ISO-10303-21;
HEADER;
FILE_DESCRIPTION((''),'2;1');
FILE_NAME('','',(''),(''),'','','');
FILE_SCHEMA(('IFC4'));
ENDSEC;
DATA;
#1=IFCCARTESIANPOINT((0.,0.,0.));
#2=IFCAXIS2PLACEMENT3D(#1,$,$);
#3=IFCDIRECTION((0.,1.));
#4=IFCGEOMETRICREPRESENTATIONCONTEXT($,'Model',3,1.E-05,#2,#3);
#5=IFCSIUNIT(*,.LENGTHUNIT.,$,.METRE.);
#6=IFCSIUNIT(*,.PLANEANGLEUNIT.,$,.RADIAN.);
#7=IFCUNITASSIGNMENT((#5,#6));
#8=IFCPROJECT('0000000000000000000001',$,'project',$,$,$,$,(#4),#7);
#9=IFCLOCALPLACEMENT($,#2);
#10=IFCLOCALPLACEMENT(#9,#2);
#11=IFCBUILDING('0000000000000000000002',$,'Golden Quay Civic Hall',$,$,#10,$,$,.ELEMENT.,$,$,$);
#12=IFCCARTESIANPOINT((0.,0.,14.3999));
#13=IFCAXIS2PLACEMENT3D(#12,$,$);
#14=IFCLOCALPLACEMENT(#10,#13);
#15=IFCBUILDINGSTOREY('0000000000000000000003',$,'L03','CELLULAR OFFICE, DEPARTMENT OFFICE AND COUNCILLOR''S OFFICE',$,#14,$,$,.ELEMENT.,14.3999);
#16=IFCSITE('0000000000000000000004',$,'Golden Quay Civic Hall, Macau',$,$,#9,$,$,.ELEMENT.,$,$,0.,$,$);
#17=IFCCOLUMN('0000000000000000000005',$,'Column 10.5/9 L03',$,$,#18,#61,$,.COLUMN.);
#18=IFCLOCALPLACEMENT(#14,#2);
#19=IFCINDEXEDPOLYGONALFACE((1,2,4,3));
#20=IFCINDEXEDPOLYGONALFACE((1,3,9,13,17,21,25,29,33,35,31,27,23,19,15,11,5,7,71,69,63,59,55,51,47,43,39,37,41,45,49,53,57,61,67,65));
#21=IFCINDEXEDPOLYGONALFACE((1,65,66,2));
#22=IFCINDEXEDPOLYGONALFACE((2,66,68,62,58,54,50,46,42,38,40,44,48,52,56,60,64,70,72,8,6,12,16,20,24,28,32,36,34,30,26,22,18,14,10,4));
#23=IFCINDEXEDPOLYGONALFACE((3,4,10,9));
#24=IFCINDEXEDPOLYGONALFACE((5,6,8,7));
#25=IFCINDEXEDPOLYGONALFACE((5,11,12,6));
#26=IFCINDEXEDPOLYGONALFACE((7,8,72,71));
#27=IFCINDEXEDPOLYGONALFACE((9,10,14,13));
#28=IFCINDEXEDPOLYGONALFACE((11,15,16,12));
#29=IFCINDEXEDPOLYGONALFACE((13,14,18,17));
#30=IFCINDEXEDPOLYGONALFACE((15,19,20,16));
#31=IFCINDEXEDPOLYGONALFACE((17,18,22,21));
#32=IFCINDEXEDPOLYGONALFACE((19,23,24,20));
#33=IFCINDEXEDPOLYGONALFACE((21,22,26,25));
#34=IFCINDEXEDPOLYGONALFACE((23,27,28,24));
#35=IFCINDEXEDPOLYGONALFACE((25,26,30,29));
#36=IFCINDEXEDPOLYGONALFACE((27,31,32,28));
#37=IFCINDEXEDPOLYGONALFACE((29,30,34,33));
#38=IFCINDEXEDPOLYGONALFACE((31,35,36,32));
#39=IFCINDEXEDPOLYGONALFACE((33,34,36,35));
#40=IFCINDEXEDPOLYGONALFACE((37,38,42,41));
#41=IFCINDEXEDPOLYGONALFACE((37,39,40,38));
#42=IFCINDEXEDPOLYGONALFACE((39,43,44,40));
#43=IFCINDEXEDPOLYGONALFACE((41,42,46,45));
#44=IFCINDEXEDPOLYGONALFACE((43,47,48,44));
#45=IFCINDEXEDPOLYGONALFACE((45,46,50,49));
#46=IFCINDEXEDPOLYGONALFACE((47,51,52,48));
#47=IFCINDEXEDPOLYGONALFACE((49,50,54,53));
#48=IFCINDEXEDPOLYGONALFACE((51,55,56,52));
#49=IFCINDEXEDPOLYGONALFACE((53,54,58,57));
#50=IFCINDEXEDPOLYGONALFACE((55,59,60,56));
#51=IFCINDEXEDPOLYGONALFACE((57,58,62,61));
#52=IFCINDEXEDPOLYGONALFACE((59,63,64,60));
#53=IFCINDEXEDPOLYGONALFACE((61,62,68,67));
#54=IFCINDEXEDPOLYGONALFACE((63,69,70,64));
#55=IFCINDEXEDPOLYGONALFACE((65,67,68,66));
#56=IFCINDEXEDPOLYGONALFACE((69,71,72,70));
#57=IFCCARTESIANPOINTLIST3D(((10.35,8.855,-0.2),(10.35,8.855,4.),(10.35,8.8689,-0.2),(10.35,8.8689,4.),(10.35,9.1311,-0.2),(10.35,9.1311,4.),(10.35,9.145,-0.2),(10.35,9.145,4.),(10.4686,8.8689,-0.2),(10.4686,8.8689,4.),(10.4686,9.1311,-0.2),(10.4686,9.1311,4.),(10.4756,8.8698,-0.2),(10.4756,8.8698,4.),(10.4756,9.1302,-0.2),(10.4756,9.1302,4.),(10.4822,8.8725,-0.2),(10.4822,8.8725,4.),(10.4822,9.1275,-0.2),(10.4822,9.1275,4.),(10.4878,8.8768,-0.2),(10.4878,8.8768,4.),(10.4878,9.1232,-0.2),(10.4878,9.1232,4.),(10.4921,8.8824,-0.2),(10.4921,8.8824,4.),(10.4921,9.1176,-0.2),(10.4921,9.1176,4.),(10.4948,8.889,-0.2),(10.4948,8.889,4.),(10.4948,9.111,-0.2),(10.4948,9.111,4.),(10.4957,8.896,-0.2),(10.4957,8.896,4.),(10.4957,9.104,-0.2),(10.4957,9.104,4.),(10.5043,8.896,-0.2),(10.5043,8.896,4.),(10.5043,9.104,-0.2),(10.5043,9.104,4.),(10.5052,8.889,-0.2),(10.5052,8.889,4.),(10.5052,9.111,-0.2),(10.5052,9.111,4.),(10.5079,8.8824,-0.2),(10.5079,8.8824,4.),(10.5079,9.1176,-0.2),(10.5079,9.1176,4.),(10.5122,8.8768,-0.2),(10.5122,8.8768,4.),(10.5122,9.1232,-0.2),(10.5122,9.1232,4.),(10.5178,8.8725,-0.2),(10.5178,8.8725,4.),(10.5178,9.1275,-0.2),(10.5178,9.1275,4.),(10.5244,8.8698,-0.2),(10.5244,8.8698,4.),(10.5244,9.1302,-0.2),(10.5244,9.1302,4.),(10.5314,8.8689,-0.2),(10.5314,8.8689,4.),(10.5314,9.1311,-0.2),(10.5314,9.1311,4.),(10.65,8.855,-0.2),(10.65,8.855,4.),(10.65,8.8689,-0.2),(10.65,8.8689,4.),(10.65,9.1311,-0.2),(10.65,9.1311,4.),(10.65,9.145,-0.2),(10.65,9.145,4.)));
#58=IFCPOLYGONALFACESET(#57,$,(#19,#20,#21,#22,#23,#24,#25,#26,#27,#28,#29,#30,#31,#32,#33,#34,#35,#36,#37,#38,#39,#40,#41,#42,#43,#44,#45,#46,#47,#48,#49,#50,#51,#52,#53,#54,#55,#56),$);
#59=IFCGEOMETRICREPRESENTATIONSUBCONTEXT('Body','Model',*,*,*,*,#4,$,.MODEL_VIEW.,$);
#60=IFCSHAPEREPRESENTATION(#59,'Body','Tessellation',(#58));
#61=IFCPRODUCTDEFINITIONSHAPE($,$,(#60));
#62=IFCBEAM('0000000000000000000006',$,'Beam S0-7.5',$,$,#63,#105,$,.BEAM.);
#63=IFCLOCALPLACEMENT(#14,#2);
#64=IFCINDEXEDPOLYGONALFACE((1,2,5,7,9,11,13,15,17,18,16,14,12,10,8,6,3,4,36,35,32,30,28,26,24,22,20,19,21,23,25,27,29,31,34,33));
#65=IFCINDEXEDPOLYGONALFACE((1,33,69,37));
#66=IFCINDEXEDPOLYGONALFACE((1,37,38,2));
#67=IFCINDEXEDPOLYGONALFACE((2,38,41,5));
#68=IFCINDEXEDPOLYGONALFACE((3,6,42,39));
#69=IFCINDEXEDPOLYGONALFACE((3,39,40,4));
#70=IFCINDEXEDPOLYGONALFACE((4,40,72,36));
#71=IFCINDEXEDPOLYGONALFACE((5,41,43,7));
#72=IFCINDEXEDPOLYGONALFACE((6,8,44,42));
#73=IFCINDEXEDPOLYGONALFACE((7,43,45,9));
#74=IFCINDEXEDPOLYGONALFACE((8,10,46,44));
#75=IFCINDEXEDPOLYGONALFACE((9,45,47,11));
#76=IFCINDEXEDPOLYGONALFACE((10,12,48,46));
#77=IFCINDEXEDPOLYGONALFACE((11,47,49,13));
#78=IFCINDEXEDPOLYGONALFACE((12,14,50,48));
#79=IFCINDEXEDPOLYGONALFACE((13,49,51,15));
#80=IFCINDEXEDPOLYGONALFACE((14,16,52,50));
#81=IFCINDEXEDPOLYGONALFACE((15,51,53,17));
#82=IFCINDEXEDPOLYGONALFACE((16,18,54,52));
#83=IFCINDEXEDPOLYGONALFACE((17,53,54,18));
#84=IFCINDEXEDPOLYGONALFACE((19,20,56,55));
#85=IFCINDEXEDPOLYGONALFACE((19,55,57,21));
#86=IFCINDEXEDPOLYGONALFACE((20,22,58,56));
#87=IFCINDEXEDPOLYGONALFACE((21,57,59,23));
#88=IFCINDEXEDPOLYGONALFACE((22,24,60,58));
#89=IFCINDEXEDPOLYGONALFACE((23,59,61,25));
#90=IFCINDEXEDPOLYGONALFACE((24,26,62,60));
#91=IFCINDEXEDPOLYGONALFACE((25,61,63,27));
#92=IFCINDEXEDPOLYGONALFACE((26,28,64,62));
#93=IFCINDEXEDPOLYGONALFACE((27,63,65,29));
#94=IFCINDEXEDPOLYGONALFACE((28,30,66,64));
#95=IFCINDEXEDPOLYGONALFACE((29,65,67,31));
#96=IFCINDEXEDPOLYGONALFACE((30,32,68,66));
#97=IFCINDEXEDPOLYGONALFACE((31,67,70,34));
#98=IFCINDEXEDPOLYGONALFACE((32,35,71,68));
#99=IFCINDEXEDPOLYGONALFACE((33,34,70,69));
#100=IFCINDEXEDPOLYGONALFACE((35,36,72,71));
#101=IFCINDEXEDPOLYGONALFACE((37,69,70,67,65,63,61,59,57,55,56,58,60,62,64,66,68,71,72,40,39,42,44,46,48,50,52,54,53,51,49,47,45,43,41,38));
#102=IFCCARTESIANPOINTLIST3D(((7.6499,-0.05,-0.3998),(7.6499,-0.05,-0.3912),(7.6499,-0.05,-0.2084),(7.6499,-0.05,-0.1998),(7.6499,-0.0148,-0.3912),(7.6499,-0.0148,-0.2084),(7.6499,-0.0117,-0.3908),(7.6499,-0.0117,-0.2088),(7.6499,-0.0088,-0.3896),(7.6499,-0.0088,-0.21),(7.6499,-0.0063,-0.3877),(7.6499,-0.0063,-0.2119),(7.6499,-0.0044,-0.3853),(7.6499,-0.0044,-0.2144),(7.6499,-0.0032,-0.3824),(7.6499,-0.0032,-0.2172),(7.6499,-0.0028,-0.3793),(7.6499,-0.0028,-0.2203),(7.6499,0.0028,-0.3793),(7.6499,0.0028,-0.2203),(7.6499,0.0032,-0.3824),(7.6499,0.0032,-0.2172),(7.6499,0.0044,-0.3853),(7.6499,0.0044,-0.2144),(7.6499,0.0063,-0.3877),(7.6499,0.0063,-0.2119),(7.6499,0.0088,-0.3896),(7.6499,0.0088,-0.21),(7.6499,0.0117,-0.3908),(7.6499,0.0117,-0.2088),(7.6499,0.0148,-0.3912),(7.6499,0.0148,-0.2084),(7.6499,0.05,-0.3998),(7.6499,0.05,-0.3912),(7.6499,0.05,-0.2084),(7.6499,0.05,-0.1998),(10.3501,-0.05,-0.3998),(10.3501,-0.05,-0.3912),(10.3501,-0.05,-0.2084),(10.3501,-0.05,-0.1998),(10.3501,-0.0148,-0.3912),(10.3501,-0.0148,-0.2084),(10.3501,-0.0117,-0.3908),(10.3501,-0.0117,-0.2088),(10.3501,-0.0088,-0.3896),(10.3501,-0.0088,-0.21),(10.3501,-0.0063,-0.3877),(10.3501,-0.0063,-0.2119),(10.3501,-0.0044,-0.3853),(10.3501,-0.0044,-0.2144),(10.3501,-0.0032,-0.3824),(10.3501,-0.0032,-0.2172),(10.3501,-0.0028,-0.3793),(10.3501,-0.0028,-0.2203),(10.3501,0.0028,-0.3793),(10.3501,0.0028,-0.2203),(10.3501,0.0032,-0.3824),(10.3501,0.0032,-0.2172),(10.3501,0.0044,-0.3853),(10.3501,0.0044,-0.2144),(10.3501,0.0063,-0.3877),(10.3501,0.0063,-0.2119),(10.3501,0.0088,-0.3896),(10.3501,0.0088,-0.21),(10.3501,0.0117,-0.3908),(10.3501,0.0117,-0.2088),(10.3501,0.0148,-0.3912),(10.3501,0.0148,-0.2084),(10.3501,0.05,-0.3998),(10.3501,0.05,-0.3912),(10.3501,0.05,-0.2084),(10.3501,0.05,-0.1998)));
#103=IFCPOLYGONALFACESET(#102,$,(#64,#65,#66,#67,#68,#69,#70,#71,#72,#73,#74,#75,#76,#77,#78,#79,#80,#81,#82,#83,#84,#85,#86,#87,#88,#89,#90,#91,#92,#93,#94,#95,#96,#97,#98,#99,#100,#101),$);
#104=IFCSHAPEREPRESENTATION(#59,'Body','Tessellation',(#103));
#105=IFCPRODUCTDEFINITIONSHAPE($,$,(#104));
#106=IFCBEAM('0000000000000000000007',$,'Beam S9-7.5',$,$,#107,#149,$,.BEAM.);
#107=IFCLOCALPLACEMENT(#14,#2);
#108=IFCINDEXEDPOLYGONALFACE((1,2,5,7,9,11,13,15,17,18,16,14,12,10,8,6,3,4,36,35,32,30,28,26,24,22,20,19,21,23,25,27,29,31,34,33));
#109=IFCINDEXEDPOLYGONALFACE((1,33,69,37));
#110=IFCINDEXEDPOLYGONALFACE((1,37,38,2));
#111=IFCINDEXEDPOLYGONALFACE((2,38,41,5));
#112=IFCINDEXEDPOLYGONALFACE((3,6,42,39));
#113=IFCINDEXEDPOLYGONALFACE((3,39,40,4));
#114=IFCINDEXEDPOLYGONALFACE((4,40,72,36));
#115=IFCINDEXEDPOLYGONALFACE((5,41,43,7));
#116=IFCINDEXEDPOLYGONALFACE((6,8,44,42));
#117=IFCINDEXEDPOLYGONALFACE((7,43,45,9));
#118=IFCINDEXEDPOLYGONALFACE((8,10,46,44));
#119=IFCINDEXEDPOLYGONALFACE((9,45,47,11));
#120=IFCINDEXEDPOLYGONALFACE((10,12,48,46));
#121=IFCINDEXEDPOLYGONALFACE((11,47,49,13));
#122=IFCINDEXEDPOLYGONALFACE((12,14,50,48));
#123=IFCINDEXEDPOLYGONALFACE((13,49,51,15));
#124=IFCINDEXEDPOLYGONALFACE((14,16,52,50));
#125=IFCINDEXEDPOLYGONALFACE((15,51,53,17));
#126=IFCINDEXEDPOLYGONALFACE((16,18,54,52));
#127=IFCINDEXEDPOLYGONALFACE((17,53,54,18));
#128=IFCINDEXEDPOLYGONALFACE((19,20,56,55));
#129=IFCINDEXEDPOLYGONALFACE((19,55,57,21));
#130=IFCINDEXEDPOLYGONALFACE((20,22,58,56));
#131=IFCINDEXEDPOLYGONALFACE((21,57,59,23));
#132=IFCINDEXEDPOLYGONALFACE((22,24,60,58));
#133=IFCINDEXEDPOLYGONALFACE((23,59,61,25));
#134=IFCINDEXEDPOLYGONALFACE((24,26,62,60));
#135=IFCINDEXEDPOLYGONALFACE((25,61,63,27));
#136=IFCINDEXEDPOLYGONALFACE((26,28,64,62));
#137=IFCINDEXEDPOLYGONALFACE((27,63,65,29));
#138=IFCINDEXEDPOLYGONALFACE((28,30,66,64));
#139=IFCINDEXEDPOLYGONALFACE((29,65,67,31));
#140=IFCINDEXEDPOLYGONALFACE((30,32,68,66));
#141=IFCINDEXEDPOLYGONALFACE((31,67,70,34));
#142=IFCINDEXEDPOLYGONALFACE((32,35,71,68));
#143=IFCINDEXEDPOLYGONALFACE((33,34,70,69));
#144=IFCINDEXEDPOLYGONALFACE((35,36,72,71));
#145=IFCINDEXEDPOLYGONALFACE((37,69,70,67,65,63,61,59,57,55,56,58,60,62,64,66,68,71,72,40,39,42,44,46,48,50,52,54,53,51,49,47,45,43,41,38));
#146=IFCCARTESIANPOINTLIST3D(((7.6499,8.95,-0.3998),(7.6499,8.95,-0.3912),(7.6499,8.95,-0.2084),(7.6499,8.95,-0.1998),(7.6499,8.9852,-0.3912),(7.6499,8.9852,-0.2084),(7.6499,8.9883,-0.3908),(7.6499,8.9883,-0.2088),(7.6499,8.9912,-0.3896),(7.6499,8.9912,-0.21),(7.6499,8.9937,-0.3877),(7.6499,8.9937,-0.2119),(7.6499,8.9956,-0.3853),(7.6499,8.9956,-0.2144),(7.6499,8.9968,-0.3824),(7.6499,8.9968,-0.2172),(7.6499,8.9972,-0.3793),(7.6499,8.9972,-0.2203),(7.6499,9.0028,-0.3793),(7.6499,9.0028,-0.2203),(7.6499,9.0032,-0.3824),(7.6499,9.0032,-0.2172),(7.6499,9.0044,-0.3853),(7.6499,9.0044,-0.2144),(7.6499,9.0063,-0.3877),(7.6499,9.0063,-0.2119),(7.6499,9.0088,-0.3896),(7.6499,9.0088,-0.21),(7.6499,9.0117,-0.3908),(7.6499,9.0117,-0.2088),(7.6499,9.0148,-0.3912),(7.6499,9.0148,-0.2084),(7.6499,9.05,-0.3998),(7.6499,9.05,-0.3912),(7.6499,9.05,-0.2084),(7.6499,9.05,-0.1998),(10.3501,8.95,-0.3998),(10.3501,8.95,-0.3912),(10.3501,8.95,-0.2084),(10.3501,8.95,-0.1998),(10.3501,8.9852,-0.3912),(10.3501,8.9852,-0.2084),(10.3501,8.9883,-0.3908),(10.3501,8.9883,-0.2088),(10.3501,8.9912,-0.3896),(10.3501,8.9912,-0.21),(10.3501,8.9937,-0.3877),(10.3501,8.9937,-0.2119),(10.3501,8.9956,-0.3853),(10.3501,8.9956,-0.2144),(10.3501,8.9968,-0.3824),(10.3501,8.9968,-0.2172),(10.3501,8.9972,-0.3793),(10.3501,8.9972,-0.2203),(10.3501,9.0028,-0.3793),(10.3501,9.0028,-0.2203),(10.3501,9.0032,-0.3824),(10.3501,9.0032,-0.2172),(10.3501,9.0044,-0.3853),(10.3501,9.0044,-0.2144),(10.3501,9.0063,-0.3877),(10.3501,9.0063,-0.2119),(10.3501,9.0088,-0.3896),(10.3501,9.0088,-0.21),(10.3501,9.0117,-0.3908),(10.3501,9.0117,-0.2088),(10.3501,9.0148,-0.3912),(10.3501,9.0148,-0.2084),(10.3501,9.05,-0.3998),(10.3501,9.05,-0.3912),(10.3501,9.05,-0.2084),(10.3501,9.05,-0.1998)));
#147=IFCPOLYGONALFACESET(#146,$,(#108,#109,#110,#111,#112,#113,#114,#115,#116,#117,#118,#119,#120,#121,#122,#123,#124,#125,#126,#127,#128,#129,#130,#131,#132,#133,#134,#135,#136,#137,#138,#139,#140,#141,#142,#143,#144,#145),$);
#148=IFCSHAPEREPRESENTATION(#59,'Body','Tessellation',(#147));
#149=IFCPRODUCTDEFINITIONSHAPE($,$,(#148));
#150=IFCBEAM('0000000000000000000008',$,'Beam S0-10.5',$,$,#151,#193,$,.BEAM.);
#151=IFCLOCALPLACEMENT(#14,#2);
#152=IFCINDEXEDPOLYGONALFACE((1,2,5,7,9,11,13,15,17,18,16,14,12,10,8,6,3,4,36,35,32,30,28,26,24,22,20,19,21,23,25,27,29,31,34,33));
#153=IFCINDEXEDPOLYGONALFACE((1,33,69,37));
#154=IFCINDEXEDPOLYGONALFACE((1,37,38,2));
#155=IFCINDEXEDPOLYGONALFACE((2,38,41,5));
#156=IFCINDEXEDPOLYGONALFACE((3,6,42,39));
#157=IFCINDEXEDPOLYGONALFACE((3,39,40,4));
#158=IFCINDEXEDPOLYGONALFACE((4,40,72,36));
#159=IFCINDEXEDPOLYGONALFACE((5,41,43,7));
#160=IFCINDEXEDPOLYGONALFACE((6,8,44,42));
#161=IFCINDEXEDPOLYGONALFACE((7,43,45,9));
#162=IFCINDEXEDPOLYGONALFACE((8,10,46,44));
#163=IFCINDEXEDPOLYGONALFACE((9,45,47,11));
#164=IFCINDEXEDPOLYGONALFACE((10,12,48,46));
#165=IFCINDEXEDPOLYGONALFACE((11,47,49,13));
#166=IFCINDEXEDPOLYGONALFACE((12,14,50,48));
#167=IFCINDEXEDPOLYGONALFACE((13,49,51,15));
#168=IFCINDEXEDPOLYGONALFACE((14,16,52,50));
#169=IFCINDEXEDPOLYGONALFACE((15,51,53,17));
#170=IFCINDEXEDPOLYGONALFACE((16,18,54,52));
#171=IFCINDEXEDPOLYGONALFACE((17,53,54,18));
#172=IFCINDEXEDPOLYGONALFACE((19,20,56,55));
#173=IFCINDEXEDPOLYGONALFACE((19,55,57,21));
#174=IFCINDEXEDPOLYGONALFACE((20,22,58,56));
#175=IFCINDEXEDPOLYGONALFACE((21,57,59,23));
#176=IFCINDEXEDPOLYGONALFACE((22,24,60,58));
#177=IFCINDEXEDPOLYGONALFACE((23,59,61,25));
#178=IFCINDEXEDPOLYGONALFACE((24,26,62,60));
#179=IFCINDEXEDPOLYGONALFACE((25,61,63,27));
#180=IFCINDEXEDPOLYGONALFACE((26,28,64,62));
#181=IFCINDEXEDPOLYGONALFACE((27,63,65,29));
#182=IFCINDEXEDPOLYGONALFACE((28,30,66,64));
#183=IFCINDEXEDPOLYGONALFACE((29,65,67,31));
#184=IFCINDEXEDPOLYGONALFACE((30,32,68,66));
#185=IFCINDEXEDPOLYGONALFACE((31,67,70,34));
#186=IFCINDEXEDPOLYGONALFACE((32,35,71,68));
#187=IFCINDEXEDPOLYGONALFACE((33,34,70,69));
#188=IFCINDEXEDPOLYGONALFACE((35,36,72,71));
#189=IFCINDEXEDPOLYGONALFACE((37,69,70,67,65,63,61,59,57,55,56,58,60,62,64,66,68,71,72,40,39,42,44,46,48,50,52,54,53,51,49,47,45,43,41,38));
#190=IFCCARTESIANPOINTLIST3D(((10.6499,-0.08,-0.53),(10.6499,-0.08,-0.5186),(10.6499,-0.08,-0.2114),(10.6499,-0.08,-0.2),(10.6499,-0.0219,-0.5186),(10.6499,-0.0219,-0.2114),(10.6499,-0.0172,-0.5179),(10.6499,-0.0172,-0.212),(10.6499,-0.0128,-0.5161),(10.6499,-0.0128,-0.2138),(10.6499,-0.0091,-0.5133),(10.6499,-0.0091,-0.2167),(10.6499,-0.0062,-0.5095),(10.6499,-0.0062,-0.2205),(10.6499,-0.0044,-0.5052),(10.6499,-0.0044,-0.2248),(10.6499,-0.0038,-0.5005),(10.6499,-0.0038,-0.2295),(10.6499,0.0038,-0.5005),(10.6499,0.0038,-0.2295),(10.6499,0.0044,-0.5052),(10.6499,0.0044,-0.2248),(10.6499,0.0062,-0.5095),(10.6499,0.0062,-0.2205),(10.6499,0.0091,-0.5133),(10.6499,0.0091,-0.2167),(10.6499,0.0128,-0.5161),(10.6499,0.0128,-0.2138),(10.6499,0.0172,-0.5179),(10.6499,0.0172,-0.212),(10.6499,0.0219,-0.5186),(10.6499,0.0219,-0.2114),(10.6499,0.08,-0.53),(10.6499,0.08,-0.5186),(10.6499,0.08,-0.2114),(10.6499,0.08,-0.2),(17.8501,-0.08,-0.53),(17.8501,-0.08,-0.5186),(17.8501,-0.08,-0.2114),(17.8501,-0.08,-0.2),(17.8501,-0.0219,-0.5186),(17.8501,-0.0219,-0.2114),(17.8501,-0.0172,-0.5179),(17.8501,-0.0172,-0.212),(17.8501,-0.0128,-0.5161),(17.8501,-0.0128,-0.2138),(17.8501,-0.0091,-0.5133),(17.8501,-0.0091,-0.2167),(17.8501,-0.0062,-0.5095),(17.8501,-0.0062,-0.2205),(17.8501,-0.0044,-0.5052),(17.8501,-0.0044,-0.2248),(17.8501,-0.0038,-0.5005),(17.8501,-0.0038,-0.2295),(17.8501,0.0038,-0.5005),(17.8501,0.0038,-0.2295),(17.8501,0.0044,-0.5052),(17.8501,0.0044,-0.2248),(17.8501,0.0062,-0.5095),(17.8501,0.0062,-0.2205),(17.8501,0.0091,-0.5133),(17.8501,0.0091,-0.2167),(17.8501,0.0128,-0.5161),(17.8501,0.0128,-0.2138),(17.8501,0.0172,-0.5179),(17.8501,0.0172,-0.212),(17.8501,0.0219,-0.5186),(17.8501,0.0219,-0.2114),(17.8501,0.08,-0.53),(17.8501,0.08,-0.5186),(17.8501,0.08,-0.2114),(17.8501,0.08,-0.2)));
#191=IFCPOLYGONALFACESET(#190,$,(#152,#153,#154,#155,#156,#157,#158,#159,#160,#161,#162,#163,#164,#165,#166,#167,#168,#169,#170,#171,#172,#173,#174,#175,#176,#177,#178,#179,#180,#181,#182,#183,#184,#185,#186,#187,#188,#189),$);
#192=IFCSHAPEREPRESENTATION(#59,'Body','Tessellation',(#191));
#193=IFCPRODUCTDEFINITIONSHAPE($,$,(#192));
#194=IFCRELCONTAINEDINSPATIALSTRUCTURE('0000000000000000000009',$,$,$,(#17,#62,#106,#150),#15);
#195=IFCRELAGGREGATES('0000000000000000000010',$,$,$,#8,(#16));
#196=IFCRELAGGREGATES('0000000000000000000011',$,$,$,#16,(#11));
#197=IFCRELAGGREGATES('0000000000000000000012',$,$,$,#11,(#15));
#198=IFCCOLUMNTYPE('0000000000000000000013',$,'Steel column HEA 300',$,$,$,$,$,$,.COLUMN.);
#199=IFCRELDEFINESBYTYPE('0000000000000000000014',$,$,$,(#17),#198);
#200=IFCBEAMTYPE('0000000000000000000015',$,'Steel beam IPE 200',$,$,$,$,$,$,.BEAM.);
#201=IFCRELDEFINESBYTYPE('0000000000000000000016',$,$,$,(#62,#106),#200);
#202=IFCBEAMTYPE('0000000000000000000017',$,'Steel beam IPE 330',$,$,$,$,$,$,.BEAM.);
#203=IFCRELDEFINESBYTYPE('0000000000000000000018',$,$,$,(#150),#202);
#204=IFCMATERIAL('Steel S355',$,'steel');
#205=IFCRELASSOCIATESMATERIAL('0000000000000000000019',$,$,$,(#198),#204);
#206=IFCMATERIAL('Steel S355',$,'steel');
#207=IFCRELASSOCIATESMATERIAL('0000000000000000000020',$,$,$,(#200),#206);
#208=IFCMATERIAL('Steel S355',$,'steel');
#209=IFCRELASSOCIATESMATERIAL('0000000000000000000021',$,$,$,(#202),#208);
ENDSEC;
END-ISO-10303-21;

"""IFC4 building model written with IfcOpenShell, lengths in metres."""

from ifc_helpers import new_model, si_unit, direction, frame, origin, origin_2d, place, context, subcontext, project, spatial, i_section, extrude, material, material_profile, profile_set, type_object, element, save


model = new_model("IFC4")

# Units and contexts
model_context = context("Model", 3, precision=1e-05, world=origin(), true_north=direction((0.0, 1.0)))
body_context = subcontext(model_context, "Body", "Model", "MODEL_VIEW")
ifc_project = project(units=[si_unit("LENGTHUNIT", "METRE"), si_unit("PLANEANGLEUNIT", "RADIAN")], contexts=[model_context])

# Site, building, storey
site_placement = place(None, origin())
site = spatial("IfcSite", under=ifc_project, at=site_placement, Name="Golden Quay Civic Hall, Macau", CompositionType="ELEMENT", RefElevation=0.0)
building_placement = place(site_placement, origin())
building = spatial("IfcBuilding", under=site, at=building_placement, Name="Golden Quay Civic Hall", CompositionType="ELEMENT")
storey_placement = place(building_placement, frame((0.0, 0.0, 14.3999)))
storey = spatial("IfcBuildingStorey", under=building, at=storey_placement, Name="L03", Description="CELLULAR OFFICE, DEPARTMENT OFFICE AND COUNCILLOR'S OFFICE", CompositionType="ELEMENT", Elevation=14.3999)

# Column
ifc_material_1 = material(Name="Steel S355", Category="steel")
ifc_material_profile_1 = material_profile(ifc_material_1, i_section(OverallWidth=0.3, OverallDepth=0.29, WebThickness=0.0085, FlangeThickness=0.0139, FilletRadius=0.0271, at=origin_2d()), Name="HEA 300")
ifc_profile_set_1 = profile_set([ifc_material_profile_1], Name="Steel S355")
column_type_1 = type_object("IfcColumnType", Name="Steel column HEA 300", PredefinedType="COLUMN", material=ifc_profile_set_1)
for number, where, z_axis, x_axis, name in (
    (1, (10.5, 9.0, -0.2), (0.0, 0.0, 1.0), (1.0, 0.0, 0.0), "Column 10.5/9 L03"),
):
    element("IfcColumn", number, at=place(storey_placement, frame(where, z_axis=z_axis, x_axis=x_axis)), inside=storey, type_object=column_type_1, Name=name, PredefinedType="COLUMN", context=body_context, shape_type="SweptSolid", body=[
        extrude(i_section(OverallWidth=0.3, OverallDepth=0.29, WebThickness=0.0085, FlangeThickness=0.0139, FilletRadius=0.0271, at=origin_2d()), origin(), (0.0, 0.0, 1.0), 4.2),
    ])

# Beams
ifc_material_2 = material(Name="Steel S355", Category="steel")
ifc_material_profile_2 = material_profile(ifc_material_2, i_section(OverallWidth=0.1001, OverallDepth=0.2, WebThickness=0.0056, FlangeThickness=0.0085, FilletRadius=0.012, at=origin_2d()), Name="IPE 200")
ifc_profile_set_2 = profile_set([ifc_material_profile_2], Name="Steel S355")
beam_type_1 = type_object("IfcBeamType", Name="Steel beam IPE 200", PredefinedType="BEAM", material=ifc_profile_set_2)
for number, where, z_axis, x_axis, name in (
    (2, (7.6499, 0.0, -0.2998), (1.0, 0.0, 0.0), (0.0, 1.0, 0.0), "Beam S0-7.5"),
    (3, (7.6499, 9.0, -0.2998), (1.0, 0.0, 0.0), (0.0, 1.0, 0.0), "Beam S9-7.5"),
):
    element("IfcBeam", number, at=place(storey_placement, frame(where, z_axis=z_axis, x_axis=x_axis)), inside=storey, type_object=beam_type_1, Name=name, PredefinedType="BEAM", context=body_context, shape_type="SweptSolid", body=[
        extrude(i_section(OverallWidth=0.1001, OverallDepth=0.2, WebThickness=0.0056, FlangeThickness=0.0085, FilletRadius=0.012, at=origin_2d()), origin(), (0.0, 0.0, 1.0), 2.7002),
    ])
ifc_material_3 = material(Name="Steel S355", Category="steel")
ifc_material_profile_3 = material_profile(ifc_material_3, i_section(OverallWidth=0.1599, OverallDepth=0.3301, WebThickness=0.0076, FlangeThickness=0.0115, FilletRadius=0.0181, at=origin_2d()), Name="IPE 330")
ifc_profile_set_3 = profile_set([ifc_material_profile_3], Name="Steel S355")
beam_type_2 = type_object("IfcBeamType", Name="Steel beam IPE 330", PredefinedType="BEAM", material=ifc_profile_set_3)
for number, where, z_axis, x_axis, name in (
    (4, (10.6499, 0.0, -0.365), (1.0, 0.0, 0.0), (0.0, 1.0, 0.0), "Beam S0-10.5"),
):
    element("IfcBeam", number, at=place(storey_placement, frame(where, z_axis=z_axis, x_axis=x_axis)), inside=storey, type_object=beam_type_2, Name=name, PredefinedType="BEAM", context=body_context, shape_type="SweptSolid", body=[
        extrude(i_section(OverallWidth=0.1599, OverallDepth=0.3301, WebThickness=0.0076, FlangeThickness=0.0115, FilletRadius=0.0181, at=origin_2d()), origin(), (0.0, 0.0, 1.0), 7.2002),
    ])

save(model, "model.ifc")
